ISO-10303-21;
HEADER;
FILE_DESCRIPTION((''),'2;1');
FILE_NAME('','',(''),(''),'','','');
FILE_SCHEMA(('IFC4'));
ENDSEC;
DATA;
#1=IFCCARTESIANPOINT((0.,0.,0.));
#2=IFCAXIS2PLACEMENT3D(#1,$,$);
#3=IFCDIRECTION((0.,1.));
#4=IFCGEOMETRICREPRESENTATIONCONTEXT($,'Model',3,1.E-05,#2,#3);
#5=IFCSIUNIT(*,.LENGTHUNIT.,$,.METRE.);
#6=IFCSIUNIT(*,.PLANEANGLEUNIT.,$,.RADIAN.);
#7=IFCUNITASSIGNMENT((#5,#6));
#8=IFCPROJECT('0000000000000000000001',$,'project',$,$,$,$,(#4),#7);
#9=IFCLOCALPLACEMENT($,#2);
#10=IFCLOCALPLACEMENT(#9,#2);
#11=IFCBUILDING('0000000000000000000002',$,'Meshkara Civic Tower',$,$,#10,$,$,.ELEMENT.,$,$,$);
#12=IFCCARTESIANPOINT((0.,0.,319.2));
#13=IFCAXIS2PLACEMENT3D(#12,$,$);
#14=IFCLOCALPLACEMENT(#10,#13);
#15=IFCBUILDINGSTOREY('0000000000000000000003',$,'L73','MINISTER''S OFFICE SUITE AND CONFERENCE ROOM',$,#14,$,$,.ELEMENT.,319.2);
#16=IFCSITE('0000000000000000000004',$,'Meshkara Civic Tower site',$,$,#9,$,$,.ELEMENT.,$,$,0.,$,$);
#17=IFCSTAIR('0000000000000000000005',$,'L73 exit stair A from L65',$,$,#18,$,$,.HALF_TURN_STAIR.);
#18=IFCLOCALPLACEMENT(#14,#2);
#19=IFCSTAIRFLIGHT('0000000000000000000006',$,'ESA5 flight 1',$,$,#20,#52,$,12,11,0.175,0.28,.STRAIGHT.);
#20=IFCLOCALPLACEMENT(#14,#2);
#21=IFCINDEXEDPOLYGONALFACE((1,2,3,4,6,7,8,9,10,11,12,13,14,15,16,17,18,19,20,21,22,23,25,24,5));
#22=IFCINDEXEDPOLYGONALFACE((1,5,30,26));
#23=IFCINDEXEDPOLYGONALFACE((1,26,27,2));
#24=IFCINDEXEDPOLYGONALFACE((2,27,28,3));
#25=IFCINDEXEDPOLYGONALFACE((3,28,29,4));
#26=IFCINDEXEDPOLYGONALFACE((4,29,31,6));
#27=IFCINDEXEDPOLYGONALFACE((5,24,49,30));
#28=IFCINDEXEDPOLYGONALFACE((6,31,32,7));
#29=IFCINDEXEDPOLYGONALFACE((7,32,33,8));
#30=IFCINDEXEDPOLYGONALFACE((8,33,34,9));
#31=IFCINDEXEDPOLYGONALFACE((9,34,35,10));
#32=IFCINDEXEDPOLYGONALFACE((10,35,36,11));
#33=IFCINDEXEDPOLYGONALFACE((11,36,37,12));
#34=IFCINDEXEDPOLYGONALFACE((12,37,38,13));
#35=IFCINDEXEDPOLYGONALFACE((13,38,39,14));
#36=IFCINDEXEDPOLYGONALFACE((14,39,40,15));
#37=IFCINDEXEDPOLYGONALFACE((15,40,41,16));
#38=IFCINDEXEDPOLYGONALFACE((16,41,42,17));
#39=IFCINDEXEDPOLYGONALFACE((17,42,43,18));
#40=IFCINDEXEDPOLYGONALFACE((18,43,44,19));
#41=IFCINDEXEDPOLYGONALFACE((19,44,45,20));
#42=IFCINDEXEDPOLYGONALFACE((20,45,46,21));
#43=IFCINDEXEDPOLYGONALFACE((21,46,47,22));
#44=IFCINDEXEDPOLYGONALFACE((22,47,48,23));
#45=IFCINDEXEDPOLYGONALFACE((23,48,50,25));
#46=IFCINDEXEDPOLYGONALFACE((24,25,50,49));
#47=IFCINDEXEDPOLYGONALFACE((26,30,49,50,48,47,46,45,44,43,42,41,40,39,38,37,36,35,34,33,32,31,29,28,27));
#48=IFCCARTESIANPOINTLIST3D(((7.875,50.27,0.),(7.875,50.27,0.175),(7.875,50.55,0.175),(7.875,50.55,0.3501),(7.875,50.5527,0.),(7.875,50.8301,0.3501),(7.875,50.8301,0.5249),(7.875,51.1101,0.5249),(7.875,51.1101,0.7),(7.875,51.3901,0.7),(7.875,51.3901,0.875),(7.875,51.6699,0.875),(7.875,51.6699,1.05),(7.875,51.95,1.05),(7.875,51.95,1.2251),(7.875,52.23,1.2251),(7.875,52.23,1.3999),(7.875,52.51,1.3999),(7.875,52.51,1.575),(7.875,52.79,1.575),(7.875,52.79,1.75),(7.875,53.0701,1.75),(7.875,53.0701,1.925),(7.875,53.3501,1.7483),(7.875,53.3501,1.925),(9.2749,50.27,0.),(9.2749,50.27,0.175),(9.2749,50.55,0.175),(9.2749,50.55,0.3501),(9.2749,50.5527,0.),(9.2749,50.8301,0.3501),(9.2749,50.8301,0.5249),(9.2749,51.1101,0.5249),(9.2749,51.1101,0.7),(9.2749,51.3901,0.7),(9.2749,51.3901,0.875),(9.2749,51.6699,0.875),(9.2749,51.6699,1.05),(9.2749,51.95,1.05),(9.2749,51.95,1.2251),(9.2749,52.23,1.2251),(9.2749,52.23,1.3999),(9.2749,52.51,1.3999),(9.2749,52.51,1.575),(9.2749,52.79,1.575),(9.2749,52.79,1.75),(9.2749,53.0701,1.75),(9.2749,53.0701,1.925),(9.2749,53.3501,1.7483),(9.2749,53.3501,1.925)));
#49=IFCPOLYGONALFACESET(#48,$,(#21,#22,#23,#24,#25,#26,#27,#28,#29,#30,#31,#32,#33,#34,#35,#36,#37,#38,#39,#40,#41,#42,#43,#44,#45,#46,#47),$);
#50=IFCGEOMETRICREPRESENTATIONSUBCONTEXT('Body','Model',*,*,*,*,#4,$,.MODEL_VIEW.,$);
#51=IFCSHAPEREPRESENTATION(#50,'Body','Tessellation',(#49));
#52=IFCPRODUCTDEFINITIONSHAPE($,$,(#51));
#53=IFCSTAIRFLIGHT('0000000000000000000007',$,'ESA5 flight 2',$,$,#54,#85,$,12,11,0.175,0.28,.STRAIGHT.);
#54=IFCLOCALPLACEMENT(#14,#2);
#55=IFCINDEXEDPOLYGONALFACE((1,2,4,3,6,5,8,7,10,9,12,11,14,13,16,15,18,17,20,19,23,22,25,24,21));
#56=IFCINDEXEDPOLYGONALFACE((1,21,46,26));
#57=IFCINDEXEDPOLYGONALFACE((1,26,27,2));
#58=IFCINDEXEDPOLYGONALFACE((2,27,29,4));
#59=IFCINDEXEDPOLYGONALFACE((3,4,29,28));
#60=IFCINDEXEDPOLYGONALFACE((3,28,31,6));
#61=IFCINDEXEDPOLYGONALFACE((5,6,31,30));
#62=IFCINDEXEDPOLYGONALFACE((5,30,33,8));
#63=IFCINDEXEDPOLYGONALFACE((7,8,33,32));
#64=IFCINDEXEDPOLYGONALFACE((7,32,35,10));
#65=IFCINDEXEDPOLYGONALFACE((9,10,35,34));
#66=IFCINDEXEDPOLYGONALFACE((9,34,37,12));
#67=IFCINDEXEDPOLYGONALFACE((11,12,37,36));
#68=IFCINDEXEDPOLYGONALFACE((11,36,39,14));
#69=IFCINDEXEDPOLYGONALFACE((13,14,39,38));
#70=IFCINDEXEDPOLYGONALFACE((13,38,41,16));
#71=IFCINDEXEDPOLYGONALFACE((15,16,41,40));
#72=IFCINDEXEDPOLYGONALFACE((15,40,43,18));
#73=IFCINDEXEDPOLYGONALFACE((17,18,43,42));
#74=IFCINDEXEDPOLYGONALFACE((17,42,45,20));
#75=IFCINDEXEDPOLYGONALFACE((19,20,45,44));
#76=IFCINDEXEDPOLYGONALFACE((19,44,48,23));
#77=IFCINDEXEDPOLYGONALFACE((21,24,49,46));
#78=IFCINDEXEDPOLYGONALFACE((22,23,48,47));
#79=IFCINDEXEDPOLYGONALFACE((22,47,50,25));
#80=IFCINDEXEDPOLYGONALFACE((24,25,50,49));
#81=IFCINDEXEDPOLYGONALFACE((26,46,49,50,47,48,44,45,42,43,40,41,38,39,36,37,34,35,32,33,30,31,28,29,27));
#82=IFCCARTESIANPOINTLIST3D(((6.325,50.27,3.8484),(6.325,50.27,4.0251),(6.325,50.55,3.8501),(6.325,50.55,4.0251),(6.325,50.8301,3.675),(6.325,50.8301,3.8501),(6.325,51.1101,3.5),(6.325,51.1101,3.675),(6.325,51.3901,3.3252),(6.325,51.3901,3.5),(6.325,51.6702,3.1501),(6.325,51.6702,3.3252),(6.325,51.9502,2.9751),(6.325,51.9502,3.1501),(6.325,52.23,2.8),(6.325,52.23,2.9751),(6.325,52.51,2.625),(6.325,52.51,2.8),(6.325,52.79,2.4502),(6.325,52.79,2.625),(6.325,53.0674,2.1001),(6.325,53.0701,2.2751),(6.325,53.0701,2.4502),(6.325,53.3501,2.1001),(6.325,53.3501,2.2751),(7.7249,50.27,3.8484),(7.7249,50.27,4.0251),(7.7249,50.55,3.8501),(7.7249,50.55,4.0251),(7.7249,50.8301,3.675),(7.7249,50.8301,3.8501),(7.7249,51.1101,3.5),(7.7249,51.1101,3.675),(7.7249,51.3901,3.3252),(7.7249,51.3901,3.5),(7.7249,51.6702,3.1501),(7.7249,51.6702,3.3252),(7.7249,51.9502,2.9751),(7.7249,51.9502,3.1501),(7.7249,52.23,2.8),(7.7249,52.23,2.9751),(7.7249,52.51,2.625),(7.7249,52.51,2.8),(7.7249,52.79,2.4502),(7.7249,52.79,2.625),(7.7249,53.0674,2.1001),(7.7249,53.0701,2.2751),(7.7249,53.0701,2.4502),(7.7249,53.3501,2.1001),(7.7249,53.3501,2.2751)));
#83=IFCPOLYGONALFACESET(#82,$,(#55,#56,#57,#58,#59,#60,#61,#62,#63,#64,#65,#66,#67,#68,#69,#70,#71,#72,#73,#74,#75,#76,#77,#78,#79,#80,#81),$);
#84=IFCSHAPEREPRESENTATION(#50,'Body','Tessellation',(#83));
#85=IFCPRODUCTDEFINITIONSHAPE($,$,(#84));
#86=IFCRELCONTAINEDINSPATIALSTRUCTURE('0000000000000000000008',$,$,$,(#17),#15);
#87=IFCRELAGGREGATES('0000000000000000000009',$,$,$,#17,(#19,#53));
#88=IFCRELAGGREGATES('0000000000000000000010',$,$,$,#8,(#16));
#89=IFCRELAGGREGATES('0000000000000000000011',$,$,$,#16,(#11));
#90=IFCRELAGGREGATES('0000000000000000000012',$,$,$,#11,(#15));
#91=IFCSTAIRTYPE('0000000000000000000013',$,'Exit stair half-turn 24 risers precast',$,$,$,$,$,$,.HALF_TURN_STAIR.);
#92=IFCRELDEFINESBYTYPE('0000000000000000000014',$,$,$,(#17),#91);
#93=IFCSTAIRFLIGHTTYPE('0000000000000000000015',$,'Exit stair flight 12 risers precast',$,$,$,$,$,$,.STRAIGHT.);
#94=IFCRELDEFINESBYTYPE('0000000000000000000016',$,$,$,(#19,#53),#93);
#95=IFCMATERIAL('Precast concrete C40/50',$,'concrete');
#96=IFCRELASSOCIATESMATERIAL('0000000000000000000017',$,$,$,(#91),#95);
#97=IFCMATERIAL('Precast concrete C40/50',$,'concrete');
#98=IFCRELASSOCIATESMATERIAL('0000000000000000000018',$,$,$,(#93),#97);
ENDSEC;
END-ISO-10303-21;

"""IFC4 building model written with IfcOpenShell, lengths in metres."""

from ifc_helpers import new_model, si_unit, direction, frame, origin, place, context, subcontext, project, spatial, polyline, outline, extrude, material, type_object, element, aggregate, save


model = new_model("IFC4")

# Units and contexts
model_context = context("Model", 3, precision=1e-05, world=origin(), true_north=direction((0.0, 1.0)))
body_context = subcontext(model_context, "Body", "Model", "MODEL_VIEW")
ifc_project = project(units=[si_unit("LENGTHUNIT", "METRE"), si_unit("PLANEANGLEUNIT", "RADIAN")], contexts=[model_context])

# Site, building, storey
site_placement = place(None, origin())
site = spatial("IfcSite", under=ifc_project, at=site_placement, Name="Meshkara Civic Tower site", CompositionType="ELEMENT", RefElevation=0.0)
building_placement = place(site_placement, origin())
building = spatial("IfcBuilding", under=site, at=building_placement, Name="Meshkara Civic Tower", CompositionType="ELEMENT")
storey_placement = place(building_placement, frame((0.0, 0.0, 319.2)))
storey = spatial("IfcBuildingStorey", under=building, at=storey_placement, Name="L73", Description="MINISTER'S OFFICE SUITE AND CONFERENCE ROOM", CompositionType="ELEMENT", Elevation=319.2)

# Stair, stair flights
ifc_material_1 = material(Name="Precast concrete C40/50", Category="concrete")
stair_type = type_object("IfcStairType", Name="Exit stair half-turn 24 risers precast", PredefinedType="HALF_TURN_STAIR", material=ifc_material_1)
stair_placement = place(storey_placement, origin())
stair = element("IfcStair", 1, at=stair_placement, inside=storey, type_object=stair_type, Name="L73 exit stair A from L65", PredefinedType="HALF_TURN_STAIR")
ifc_material_2 = material(Name="Precast concrete C40/50", Category="concrete")
stair_flight_type = type_object("IfcStairFlightType", Name="Exit stair flight 12 risers precast", PredefinedType="STRAIGHT", material=ifc_material_2)
stair_flight_1_placement = place(storey_placement, frame((8.575, 50.27, 0.0), z_axis=(0.0, 0.0, 1.0), x_axis=(0.0, 1.0, 0.0)))
stair_flight_1 = element("IfcStairFlight", 2, at=stair_flight_1_placement, type_object=stair_flight_type, Name="ESA5 flight 1", NumberOfRisers=12, NumberOfTreads=11, PredefinedType="STRAIGHT", RiserHeight=0.175, TreadLength=0.28, context=body_context, shape_type="SweptSolid", body=[
    extrude(outline(polyline([(0.0, 0.0), (0.0, 0.175), (0.28, 0.175), (0.28, 0.3501), (0.5601, 0.3501), (0.5601, 0.5249), (0.8401, 0.5249), (0.8401, 0.7), (1.1201, 0.7), (1.1201, 0.875), (1.3999, 0.875), (1.3999, 1.05), (1.6799, 1.05), (1.6799, 1.2251), (1.96, 1.2251), (1.96, 1.3999), (2.24, 1.3999), (2.24, 1.575), (2.52, 1.575), (2.52, 1.75), (2.8, 1.75), (2.8, 1.925), (3.0801, 1.925), (3.0801, 2.1001), (3.0801, 1.7483), (0.2827, 0.0), (0.0, 0.0)])), frame((0.0, 0.7, 0.0), z_axis=(0.0, -1.0, 0.0), x_axis=(1.0, 0.0, 0.0)), (0.0, 0.0, 1.0), 1.3999),
])
stair_flight_2_placement = place(storey_placement, frame((7.0249, 53.3501, 2.1001), z_axis=(0.0, 0.0, 1.0), x_axis=(0.0, -1.0, 0.0)))
stair_flight_2 = element("IfcStairFlight", 3, at=stair_flight_2_placement, type_object=stair_flight_type, Name="ESA5 flight 2", NumberOfRisers=12, NumberOfTreads=11, PredefinedType="STRAIGHT", RiserHeight=0.175, TreadLength=0.28, context=body_context, shape_type="SweptSolid", body=[
    extrude(outline(polyline([(0.0, 0.0), (0.0, 0.175), (0.28, 0.175), (0.28, 0.3501), (0.5601, 0.3501), (0.5601, 0.5249), (0.8401, 0.5249), (0.8401, 0.7), (1.1201, 0.7), (1.1201, 0.875), (1.3999, 0.875), (1.3999, 1.05), (1.6799, 1.05), (1.6799, 1.2251), (1.96, 1.2251), (1.96, 1.3999), (2.24, 1.3999), (2.24, 1.575), (2.52, 1.575), (2.52, 1.75), (2.8, 1.75), (2.8, 1.925), (3.0801, 1.925), (3.0801, 2.1001), (3.0801, 1.7483), (0.2827, 0.0), (0.0, 0.0)])), frame((0.0, 0.7, 0.0), z_axis=(0.0, -1.0, 0.0), x_axis=(1.0, 0.0, 0.0)), (0.0, 0.0, 1.0), 1.3999),
])
aggregate(stair, [stair_flight_1, stair_flight_2])

save(model, "model.ifc")
